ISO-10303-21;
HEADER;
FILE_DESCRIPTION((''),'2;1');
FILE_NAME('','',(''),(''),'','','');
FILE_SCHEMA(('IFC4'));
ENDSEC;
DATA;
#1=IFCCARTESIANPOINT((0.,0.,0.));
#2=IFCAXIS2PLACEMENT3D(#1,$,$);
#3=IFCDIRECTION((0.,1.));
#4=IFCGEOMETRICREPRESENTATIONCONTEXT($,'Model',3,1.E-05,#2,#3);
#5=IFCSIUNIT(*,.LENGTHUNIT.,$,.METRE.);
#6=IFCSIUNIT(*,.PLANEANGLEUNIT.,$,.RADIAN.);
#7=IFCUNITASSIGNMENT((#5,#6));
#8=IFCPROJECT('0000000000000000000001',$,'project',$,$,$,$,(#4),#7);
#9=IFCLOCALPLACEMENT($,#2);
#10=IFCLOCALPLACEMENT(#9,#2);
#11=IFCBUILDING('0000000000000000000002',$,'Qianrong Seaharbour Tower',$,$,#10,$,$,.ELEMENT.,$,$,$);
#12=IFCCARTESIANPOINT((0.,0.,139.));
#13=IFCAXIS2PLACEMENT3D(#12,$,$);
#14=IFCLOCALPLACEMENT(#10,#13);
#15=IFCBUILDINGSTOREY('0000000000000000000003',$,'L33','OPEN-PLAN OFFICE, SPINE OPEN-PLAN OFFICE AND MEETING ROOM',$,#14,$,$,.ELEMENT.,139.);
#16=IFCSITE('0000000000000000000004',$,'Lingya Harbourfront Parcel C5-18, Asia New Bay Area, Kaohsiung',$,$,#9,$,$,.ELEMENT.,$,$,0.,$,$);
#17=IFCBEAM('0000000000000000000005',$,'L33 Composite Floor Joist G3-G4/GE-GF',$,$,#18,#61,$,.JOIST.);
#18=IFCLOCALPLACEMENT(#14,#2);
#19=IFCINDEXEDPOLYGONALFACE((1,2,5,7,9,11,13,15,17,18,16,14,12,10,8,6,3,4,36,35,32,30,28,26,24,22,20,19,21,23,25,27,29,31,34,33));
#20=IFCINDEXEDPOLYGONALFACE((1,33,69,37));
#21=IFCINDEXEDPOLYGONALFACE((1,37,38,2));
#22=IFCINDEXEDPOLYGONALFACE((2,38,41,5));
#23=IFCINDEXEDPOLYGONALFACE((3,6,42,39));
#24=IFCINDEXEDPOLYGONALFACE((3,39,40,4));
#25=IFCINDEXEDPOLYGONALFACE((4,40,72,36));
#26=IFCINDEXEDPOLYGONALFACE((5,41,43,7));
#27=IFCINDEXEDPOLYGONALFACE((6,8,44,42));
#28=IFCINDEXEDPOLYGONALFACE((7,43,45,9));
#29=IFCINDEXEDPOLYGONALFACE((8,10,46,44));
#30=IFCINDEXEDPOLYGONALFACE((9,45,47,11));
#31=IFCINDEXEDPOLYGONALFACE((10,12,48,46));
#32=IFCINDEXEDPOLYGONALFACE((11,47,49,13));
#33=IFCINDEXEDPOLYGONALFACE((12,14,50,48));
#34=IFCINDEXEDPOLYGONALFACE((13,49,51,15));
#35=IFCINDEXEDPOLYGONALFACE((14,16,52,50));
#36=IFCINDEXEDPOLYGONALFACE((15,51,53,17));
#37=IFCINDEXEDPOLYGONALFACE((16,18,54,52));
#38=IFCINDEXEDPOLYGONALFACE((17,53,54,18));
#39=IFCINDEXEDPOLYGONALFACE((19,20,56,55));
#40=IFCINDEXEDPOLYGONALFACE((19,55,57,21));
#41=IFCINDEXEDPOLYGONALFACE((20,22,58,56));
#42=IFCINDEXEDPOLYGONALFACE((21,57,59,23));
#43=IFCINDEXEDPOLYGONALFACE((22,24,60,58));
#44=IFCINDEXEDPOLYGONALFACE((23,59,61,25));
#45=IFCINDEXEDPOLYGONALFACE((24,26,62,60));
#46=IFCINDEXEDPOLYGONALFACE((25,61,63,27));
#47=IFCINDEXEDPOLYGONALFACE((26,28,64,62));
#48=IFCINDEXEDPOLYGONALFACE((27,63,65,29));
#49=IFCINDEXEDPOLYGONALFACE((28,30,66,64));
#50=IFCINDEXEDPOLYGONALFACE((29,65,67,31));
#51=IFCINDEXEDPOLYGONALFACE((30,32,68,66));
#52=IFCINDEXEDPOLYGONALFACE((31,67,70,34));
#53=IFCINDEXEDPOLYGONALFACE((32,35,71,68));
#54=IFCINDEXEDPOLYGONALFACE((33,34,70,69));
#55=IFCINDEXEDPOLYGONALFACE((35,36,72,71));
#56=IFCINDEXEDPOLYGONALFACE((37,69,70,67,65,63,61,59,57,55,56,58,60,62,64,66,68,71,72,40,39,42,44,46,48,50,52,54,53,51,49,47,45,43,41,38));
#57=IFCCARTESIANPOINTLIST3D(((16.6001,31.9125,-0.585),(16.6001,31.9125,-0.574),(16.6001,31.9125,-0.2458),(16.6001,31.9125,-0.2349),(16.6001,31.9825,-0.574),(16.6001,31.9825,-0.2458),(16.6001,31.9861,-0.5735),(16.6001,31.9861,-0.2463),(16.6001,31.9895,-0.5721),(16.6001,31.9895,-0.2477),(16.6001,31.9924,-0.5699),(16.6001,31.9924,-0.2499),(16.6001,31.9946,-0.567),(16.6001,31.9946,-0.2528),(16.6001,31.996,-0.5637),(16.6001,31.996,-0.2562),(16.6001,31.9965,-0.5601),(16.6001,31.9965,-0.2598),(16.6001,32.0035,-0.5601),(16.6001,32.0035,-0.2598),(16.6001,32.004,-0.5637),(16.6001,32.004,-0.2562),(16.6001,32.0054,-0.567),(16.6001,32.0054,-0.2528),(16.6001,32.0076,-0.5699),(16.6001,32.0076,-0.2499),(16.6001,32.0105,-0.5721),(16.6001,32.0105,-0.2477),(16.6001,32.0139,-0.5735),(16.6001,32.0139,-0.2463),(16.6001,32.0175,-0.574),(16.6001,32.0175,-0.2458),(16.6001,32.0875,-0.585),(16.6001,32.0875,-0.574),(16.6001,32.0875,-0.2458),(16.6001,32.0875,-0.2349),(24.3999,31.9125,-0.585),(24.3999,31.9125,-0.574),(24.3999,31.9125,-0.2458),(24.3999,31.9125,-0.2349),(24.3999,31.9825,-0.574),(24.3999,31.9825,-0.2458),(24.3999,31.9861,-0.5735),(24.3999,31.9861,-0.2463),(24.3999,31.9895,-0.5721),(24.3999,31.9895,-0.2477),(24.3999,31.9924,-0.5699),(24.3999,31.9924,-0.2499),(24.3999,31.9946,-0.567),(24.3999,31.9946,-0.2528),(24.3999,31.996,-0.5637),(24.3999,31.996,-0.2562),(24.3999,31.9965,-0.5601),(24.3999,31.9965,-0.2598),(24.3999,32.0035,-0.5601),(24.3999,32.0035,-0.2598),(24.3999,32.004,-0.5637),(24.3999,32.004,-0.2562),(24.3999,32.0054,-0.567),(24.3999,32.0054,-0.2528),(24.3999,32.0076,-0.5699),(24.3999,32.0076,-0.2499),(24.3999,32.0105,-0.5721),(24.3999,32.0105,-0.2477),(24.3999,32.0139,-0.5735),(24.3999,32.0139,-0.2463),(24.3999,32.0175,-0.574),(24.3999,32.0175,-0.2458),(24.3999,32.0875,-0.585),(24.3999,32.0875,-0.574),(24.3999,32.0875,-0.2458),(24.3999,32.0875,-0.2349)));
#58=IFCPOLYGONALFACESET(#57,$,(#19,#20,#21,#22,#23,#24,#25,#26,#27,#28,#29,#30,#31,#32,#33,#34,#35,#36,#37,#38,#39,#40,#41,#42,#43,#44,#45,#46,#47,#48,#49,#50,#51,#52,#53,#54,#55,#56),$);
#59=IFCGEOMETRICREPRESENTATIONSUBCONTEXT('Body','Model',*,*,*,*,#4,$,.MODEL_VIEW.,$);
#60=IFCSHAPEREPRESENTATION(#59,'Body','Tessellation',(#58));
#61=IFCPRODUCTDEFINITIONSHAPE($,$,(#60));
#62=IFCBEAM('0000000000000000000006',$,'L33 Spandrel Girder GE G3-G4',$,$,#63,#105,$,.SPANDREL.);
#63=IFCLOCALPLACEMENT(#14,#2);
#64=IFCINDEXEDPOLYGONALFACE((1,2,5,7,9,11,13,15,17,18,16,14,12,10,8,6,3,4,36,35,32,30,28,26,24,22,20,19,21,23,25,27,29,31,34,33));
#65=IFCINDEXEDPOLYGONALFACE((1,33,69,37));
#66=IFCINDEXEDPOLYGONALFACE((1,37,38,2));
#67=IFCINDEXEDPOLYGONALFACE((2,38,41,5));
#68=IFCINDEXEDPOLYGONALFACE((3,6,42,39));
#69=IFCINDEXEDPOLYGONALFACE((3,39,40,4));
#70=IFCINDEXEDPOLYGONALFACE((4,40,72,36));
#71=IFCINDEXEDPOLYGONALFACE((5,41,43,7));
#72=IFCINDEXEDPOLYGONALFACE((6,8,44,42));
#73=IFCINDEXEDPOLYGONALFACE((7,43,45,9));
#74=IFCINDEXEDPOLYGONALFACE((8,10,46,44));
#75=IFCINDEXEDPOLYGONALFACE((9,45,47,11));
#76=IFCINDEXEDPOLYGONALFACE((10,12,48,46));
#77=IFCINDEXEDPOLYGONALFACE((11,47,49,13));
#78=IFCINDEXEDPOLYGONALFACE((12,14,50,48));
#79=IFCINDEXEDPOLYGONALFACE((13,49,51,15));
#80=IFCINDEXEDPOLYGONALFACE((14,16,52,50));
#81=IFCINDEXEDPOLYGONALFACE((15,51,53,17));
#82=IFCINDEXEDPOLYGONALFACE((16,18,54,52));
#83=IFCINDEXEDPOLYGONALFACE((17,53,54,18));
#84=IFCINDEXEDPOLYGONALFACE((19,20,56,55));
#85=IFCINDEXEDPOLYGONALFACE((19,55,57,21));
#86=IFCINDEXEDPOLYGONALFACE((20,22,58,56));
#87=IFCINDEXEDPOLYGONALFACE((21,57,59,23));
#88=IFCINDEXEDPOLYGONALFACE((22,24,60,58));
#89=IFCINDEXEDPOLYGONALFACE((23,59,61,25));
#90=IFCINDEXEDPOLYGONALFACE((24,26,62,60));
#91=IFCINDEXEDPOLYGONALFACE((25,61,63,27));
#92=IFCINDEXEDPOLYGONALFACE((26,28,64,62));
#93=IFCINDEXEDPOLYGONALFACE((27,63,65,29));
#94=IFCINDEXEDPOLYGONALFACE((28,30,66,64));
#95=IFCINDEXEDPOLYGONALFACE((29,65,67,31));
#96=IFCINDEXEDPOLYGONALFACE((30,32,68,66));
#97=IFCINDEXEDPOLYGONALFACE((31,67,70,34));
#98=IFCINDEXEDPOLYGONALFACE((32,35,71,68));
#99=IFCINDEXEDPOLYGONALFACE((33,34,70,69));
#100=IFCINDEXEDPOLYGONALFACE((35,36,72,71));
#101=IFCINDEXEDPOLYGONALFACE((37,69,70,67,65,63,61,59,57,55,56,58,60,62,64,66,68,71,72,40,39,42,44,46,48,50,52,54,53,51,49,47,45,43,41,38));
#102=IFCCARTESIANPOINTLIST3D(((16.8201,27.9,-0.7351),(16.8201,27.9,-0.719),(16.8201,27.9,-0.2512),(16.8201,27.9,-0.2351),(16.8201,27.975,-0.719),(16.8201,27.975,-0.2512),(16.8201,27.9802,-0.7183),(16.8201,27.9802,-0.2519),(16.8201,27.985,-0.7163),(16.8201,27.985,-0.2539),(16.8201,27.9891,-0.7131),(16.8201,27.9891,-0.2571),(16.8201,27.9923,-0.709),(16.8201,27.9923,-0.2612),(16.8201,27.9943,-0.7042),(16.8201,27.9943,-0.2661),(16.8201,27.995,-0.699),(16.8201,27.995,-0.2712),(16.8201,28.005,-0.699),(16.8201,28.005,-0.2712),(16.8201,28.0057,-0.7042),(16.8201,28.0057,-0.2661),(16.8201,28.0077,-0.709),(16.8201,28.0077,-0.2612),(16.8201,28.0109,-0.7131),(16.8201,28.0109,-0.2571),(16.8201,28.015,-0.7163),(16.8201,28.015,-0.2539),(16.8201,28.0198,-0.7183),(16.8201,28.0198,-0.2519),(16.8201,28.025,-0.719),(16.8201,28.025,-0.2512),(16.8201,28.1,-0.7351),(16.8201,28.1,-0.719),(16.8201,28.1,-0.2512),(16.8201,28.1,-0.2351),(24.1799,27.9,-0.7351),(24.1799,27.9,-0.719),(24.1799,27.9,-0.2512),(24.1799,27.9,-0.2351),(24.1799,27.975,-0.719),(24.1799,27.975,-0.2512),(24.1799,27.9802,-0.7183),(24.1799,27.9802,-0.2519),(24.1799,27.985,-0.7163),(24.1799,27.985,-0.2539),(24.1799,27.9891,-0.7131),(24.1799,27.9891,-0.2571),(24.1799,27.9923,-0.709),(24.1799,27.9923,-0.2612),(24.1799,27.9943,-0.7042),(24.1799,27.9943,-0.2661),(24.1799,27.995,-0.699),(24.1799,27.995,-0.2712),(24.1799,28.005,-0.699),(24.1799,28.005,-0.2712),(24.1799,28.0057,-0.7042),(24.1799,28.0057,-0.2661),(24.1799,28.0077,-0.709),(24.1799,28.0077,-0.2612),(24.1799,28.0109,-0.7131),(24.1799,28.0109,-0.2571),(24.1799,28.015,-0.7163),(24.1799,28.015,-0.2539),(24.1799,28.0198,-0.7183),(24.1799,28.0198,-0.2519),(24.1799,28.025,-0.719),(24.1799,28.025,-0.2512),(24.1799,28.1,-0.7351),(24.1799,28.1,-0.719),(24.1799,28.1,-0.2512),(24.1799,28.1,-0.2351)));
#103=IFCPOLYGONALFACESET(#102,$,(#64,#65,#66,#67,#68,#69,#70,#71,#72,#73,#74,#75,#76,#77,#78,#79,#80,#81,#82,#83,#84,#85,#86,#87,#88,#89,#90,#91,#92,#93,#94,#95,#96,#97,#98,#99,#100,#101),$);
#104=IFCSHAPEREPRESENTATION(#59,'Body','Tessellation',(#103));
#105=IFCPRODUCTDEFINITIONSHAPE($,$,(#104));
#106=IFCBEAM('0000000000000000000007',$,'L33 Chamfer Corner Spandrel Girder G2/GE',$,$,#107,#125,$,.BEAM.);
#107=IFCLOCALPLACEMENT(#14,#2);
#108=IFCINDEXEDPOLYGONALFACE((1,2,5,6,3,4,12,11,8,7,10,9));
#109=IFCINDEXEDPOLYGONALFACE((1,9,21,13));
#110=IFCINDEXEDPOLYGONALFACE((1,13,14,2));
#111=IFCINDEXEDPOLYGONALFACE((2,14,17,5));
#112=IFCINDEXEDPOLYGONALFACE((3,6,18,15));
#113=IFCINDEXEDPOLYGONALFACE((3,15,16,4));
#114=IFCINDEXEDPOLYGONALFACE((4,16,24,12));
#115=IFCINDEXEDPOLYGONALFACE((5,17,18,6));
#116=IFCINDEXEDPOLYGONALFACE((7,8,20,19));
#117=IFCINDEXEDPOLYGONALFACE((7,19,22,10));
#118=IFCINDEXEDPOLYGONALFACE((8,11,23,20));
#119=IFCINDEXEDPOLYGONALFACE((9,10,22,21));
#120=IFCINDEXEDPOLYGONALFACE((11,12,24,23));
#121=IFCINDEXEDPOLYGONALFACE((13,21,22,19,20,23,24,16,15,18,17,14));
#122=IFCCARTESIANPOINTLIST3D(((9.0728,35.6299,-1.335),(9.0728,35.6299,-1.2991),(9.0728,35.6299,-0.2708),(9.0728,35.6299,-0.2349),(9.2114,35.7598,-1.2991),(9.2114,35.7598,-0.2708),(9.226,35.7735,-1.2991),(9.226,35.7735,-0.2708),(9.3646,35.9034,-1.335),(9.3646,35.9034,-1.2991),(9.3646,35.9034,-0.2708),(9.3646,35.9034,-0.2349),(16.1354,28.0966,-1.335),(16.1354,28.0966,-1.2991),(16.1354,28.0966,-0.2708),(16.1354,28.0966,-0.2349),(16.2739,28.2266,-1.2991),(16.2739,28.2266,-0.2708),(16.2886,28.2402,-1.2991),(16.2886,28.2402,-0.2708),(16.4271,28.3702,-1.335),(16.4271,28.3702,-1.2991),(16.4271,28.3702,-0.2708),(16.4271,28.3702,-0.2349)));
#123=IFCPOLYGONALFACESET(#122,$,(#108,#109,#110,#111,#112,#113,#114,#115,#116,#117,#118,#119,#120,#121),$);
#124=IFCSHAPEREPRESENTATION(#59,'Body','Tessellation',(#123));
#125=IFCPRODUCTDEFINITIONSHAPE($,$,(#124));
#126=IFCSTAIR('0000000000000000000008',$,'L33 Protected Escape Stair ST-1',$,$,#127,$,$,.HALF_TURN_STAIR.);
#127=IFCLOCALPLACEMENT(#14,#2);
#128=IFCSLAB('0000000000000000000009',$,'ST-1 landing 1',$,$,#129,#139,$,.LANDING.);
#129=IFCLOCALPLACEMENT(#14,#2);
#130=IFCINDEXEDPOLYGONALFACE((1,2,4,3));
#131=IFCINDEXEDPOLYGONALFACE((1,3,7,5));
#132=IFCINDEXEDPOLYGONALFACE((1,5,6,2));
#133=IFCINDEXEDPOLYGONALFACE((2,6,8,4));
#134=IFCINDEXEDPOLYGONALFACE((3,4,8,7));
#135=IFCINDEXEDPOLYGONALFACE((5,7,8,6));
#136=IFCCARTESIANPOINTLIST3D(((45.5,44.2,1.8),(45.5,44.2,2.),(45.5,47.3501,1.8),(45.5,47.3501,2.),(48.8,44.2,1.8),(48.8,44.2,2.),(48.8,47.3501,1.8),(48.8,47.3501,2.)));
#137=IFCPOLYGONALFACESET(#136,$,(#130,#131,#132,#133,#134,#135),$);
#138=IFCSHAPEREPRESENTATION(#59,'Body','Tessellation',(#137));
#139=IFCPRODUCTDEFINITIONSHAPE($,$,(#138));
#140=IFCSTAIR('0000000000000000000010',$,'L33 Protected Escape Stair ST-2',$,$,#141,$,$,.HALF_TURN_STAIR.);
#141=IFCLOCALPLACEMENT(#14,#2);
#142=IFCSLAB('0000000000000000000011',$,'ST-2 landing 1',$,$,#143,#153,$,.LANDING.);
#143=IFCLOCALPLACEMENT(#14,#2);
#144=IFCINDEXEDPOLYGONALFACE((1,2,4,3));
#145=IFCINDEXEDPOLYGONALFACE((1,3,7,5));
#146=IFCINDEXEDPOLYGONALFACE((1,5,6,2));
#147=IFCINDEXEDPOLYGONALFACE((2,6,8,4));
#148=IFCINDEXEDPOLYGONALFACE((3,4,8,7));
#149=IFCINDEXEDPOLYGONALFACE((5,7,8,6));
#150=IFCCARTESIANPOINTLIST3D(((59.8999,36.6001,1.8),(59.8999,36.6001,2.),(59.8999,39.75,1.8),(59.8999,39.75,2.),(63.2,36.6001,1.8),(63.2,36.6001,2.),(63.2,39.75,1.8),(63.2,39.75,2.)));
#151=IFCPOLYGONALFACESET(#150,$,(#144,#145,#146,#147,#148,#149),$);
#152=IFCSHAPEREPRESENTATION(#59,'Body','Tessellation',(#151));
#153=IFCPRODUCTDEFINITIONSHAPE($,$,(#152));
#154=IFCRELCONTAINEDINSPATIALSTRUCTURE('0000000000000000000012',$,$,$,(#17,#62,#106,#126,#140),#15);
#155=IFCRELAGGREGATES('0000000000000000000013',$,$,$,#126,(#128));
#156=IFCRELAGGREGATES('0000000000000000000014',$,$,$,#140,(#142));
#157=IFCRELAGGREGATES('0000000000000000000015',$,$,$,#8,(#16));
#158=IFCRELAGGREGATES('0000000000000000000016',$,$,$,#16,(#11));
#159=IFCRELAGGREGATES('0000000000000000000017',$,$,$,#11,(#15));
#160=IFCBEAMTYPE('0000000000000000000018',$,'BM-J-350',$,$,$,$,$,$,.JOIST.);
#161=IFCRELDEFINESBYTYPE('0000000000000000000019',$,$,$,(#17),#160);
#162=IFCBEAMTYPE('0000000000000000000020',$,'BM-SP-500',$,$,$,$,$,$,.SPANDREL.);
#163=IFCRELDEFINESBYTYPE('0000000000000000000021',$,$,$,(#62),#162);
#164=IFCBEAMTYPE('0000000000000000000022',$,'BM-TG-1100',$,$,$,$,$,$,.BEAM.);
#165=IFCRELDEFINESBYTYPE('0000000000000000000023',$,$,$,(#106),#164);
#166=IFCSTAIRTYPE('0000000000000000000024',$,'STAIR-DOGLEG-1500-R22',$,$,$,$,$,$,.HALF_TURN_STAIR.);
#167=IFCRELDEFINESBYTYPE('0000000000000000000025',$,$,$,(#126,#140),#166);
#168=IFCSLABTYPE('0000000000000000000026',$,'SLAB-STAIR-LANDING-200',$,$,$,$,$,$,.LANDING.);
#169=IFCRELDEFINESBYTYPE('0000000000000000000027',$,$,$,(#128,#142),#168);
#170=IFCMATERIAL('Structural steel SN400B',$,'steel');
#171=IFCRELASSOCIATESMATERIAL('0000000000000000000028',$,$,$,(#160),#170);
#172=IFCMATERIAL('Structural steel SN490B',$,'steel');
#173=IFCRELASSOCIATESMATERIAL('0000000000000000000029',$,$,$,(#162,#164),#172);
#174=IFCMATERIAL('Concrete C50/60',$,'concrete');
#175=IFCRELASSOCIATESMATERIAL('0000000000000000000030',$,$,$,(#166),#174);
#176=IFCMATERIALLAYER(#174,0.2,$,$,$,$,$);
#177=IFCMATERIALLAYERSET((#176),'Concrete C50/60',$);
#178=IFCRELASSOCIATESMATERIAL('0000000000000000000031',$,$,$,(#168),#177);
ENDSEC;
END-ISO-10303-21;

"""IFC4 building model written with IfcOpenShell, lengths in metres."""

from ifc_helpers import new_model, si_unit, direction, frame, origin, origin_2d, place, context, subcontext, project, spatial, polyline, i_section, outline, extrude, material, layer, layer_set, material_profile, profile_set, type_object, element, aggregate, save


model = new_model("IFC4")

# Units and contexts
model_context = context("Model", 3, precision=1e-05, world=origin(), true_north=direction((0.0, 1.0)))
body_context = subcontext(model_context, "Body", "Model", "MODEL_VIEW")
ifc_project = project(units=[si_unit("LENGTHUNIT", "METRE"), si_unit("PLANEANGLEUNIT", "RADIAN")], contexts=[model_context])

# Site, building, storey
site_placement = place(None, origin())
site = spatial("IfcSite", under=ifc_project, at=site_placement, Name="Lingya Harbourfront Parcel C5-18, Asia New Bay Area, Kaohsiung", CompositionType="ELEMENT", RefElevation=0.0)
building_placement = place(site_placement, origin())
building = spatial("IfcBuilding", under=site, at=building_placement, Name="Qianrong Seaharbour Tower", CompositionType="ELEMENT")
storey_placement = place(building_placement, frame((0.0, 0.0, 139.0)))
storey = spatial("IfcBuildingStorey", under=building, at=storey_placement, Name="L33", Description="OPEN-PLAN OFFICE, SPINE OPEN-PLAN OFFICE AND MEETING ROOM", CompositionType="ELEMENT", Elevation=139.0)

# Shared definitions
ifc_material_1 = material(Name="Structural steel SN490B", Category="steel")

# Beams
ifc_material_2 = material(Name="Structural steel SN400B", Category="steel")
ifc_material_profile_1 = material_profile(ifc_material_2, i_section(OverallWidth=0.175, OverallDepth=0.3501, WebThickness=0.0071, FlangeThickness=0.011, FilletRadius=0.0139, at=origin_2d()), Name="H350x175x7x11")
ifc_profile_set_1 = profile_set([ifc_material_profile_1], Name="Structural steel SN400B")
beam_type_1 = type_object("IfcBeamType", Name="BM-J-350", PredefinedType="JOIST", material=ifc_profile_set_1)
beam_1_placement = place(storey_placement, frame((16.6001, 32.0, -0.4099), z_axis=(1.0, 0.0, 0.0), x_axis=(0.0, 1.0, 0.0)))
element("IfcBeam", 1, at=beam_1_placement, inside=storey, type_object=beam_type_1, Name="L33 Composite Floor Joist G3-G4/GE-GF", PredefinedType="JOIST", context=body_context, shape_type="SweptSolid", body=[
    extrude(i_section(OverallWidth=0.175, OverallDepth=0.3501, WebThickness=0.0071, FlangeThickness=0.011, FilletRadius=0.0139, at=origin_2d()), origin(), (0.0, 0.0, 1.0), 7.7998),
])
ifc_material_profile_2 = material_profile(ifc_material_1, i_section(OverallWidth=0.2, OverallDepth=0.5, WebThickness=0.01, FlangeThickness=0.0161, FilletRadius=0.02, at=origin_2d()), Name="H500x200x10x16")
ifc_profile_set_2 = profile_set([ifc_material_profile_2], Name="Structural steel SN490B")
beam_type_2 = type_object("IfcBeamType", Name="BM-SP-500", PredefinedType="SPANDREL", material=ifc_profile_set_2)
beam_2_placement = place(storey_placement, frame((16.8201, 28.0, -0.4851), z_axis=(1.0, 0.0, 0.0), x_axis=(0.0, 1.0, 0.0)))
element("IfcBeam", 2, at=beam_2_placement, inside=storey, type_object=beam_type_2, Name="L33 Spandrel Girder GE G3-G4", PredefinedType="SPANDREL", context=body_context, shape_type="SweptSolid", body=[
    extrude(i_section(OverallWidth=0.2, OverallDepth=0.5, WebThickness=0.01, FlangeThickness=0.0161, FilletRadius=0.02, at=origin_2d()), origin(), (0.0, 0.0, 1.0), 7.3599),
])
ifc_material_profile_3 = material_profile(ifc_material_1, i_section(OverallWidth=0.3999, OverallDepth=1.1001, WebThickness=0.02, FlangeThickness=0.0359, at=origin_2d()), Name="BH1100x400x20x36")
ifc_profile_set_3 = profile_set([ifc_material_profile_3], Name="Structural steel SN490B")
beam_type_3 = type_object("IfcBeamType", Name="BM-TG-1100", PredefinedType="BEAM", material=ifc_profile_set_3)
beam_3_placement = place(storey_placement, frame((16.2812, 28.2334, -0.7849), z_axis=(-0.683947, 0.729531, 0.0), x_axis=(-0.729531, -0.683947, 0.0)))
element("IfcBeam", 3, at=beam_3_placement, inside=storey, type_object=beam_type_3, Name="L33 Chamfer Corner Spandrel Girder G2/GE", PredefinedType="BEAM", context=body_context, shape_type="SweptSolid", body=[
    extrude(i_section(OverallWidth=0.3999, OverallDepth=1.1001, WebThickness=0.02, FlangeThickness=0.0359, at=origin_2d()), origin(), (0.0, 0.0, 1.0), 10.3262),
])

# Stairs, slabs
ifc_material_3 = material(Name="Concrete C50/60", Category="concrete")
stair_type = type_object("IfcStairType", Name="STAIR-DOGLEG-1500-R22", PredefinedType="HALF_TURN_STAIR", material=ifc_material_3)
stair_1_placement = place(storey_placement, origin())
stair_1 = element("IfcStair", 4, at=stair_1_placement, inside=storey, type_object=stair_type, Name="L33 Protected Escape Stair ST-1", PredefinedType="HALF_TURN_STAIR")
ifc_layer_1 = layer(ifc_material_3, 0.2)
ifc_layer_set_1 = layer_set([ifc_layer_1], Name="Concrete C50/60")
slab_type_1 = type_object("IfcSlabType", Name="SLAB-STAIR-LANDING-200", PredefinedType="LANDING", material=ifc_layer_set_1)
slab_1_placement = place(storey_placement, frame((0.0, 0.0, 1.8)))
slab_1 = element("IfcSlab", 5, at=slab_1_placement, type_object=slab_type_1, Name="ST-1 landing 1", PredefinedType="LANDING", context=body_context, shape_type="SweptSolid", body=[
    extrude(outline(polyline([(45.5, 44.2), (48.8, 44.2), (48.8, 47.3501), (45.5, 47.3501), (45.5, 44.2)])), origin(), (0.0, 0.0, 1.0), 0.2),
])
aggregate(stair_1, [slab_1])
stair_2_placement = place(storey_placement, origin())
stair_2 = element("IfcStair", 6, at=stair_2_placement, inside=storey, type_object=stair_type, Name="L33 Protected Escape Stair ST-2", PredefinedType="HALF_TURN_STAIR")
slab_2_placement = place(storey_placement, frame((0.0, 0.0, 1.8)))
slab_2 = element("IfcSlab", 7, at=slab_2_placement, type_object=slab_type_1, Name="ST-2 landing 1", PredefinedType="LANDING", context=body_context, shape_type="SweptSolid", body=[
    extrude(outline(polyline([(59.8999, 36.6001), (63.2, 36.6001), (63.2, 39.75), (59.8999, 39.75), (59.8999, 36.6001)])), origin(), (0.0, 0.0, 1.0), 0.2),
])
aggregate(stair_2, [slab_2])

save(model, "model.ifc")
